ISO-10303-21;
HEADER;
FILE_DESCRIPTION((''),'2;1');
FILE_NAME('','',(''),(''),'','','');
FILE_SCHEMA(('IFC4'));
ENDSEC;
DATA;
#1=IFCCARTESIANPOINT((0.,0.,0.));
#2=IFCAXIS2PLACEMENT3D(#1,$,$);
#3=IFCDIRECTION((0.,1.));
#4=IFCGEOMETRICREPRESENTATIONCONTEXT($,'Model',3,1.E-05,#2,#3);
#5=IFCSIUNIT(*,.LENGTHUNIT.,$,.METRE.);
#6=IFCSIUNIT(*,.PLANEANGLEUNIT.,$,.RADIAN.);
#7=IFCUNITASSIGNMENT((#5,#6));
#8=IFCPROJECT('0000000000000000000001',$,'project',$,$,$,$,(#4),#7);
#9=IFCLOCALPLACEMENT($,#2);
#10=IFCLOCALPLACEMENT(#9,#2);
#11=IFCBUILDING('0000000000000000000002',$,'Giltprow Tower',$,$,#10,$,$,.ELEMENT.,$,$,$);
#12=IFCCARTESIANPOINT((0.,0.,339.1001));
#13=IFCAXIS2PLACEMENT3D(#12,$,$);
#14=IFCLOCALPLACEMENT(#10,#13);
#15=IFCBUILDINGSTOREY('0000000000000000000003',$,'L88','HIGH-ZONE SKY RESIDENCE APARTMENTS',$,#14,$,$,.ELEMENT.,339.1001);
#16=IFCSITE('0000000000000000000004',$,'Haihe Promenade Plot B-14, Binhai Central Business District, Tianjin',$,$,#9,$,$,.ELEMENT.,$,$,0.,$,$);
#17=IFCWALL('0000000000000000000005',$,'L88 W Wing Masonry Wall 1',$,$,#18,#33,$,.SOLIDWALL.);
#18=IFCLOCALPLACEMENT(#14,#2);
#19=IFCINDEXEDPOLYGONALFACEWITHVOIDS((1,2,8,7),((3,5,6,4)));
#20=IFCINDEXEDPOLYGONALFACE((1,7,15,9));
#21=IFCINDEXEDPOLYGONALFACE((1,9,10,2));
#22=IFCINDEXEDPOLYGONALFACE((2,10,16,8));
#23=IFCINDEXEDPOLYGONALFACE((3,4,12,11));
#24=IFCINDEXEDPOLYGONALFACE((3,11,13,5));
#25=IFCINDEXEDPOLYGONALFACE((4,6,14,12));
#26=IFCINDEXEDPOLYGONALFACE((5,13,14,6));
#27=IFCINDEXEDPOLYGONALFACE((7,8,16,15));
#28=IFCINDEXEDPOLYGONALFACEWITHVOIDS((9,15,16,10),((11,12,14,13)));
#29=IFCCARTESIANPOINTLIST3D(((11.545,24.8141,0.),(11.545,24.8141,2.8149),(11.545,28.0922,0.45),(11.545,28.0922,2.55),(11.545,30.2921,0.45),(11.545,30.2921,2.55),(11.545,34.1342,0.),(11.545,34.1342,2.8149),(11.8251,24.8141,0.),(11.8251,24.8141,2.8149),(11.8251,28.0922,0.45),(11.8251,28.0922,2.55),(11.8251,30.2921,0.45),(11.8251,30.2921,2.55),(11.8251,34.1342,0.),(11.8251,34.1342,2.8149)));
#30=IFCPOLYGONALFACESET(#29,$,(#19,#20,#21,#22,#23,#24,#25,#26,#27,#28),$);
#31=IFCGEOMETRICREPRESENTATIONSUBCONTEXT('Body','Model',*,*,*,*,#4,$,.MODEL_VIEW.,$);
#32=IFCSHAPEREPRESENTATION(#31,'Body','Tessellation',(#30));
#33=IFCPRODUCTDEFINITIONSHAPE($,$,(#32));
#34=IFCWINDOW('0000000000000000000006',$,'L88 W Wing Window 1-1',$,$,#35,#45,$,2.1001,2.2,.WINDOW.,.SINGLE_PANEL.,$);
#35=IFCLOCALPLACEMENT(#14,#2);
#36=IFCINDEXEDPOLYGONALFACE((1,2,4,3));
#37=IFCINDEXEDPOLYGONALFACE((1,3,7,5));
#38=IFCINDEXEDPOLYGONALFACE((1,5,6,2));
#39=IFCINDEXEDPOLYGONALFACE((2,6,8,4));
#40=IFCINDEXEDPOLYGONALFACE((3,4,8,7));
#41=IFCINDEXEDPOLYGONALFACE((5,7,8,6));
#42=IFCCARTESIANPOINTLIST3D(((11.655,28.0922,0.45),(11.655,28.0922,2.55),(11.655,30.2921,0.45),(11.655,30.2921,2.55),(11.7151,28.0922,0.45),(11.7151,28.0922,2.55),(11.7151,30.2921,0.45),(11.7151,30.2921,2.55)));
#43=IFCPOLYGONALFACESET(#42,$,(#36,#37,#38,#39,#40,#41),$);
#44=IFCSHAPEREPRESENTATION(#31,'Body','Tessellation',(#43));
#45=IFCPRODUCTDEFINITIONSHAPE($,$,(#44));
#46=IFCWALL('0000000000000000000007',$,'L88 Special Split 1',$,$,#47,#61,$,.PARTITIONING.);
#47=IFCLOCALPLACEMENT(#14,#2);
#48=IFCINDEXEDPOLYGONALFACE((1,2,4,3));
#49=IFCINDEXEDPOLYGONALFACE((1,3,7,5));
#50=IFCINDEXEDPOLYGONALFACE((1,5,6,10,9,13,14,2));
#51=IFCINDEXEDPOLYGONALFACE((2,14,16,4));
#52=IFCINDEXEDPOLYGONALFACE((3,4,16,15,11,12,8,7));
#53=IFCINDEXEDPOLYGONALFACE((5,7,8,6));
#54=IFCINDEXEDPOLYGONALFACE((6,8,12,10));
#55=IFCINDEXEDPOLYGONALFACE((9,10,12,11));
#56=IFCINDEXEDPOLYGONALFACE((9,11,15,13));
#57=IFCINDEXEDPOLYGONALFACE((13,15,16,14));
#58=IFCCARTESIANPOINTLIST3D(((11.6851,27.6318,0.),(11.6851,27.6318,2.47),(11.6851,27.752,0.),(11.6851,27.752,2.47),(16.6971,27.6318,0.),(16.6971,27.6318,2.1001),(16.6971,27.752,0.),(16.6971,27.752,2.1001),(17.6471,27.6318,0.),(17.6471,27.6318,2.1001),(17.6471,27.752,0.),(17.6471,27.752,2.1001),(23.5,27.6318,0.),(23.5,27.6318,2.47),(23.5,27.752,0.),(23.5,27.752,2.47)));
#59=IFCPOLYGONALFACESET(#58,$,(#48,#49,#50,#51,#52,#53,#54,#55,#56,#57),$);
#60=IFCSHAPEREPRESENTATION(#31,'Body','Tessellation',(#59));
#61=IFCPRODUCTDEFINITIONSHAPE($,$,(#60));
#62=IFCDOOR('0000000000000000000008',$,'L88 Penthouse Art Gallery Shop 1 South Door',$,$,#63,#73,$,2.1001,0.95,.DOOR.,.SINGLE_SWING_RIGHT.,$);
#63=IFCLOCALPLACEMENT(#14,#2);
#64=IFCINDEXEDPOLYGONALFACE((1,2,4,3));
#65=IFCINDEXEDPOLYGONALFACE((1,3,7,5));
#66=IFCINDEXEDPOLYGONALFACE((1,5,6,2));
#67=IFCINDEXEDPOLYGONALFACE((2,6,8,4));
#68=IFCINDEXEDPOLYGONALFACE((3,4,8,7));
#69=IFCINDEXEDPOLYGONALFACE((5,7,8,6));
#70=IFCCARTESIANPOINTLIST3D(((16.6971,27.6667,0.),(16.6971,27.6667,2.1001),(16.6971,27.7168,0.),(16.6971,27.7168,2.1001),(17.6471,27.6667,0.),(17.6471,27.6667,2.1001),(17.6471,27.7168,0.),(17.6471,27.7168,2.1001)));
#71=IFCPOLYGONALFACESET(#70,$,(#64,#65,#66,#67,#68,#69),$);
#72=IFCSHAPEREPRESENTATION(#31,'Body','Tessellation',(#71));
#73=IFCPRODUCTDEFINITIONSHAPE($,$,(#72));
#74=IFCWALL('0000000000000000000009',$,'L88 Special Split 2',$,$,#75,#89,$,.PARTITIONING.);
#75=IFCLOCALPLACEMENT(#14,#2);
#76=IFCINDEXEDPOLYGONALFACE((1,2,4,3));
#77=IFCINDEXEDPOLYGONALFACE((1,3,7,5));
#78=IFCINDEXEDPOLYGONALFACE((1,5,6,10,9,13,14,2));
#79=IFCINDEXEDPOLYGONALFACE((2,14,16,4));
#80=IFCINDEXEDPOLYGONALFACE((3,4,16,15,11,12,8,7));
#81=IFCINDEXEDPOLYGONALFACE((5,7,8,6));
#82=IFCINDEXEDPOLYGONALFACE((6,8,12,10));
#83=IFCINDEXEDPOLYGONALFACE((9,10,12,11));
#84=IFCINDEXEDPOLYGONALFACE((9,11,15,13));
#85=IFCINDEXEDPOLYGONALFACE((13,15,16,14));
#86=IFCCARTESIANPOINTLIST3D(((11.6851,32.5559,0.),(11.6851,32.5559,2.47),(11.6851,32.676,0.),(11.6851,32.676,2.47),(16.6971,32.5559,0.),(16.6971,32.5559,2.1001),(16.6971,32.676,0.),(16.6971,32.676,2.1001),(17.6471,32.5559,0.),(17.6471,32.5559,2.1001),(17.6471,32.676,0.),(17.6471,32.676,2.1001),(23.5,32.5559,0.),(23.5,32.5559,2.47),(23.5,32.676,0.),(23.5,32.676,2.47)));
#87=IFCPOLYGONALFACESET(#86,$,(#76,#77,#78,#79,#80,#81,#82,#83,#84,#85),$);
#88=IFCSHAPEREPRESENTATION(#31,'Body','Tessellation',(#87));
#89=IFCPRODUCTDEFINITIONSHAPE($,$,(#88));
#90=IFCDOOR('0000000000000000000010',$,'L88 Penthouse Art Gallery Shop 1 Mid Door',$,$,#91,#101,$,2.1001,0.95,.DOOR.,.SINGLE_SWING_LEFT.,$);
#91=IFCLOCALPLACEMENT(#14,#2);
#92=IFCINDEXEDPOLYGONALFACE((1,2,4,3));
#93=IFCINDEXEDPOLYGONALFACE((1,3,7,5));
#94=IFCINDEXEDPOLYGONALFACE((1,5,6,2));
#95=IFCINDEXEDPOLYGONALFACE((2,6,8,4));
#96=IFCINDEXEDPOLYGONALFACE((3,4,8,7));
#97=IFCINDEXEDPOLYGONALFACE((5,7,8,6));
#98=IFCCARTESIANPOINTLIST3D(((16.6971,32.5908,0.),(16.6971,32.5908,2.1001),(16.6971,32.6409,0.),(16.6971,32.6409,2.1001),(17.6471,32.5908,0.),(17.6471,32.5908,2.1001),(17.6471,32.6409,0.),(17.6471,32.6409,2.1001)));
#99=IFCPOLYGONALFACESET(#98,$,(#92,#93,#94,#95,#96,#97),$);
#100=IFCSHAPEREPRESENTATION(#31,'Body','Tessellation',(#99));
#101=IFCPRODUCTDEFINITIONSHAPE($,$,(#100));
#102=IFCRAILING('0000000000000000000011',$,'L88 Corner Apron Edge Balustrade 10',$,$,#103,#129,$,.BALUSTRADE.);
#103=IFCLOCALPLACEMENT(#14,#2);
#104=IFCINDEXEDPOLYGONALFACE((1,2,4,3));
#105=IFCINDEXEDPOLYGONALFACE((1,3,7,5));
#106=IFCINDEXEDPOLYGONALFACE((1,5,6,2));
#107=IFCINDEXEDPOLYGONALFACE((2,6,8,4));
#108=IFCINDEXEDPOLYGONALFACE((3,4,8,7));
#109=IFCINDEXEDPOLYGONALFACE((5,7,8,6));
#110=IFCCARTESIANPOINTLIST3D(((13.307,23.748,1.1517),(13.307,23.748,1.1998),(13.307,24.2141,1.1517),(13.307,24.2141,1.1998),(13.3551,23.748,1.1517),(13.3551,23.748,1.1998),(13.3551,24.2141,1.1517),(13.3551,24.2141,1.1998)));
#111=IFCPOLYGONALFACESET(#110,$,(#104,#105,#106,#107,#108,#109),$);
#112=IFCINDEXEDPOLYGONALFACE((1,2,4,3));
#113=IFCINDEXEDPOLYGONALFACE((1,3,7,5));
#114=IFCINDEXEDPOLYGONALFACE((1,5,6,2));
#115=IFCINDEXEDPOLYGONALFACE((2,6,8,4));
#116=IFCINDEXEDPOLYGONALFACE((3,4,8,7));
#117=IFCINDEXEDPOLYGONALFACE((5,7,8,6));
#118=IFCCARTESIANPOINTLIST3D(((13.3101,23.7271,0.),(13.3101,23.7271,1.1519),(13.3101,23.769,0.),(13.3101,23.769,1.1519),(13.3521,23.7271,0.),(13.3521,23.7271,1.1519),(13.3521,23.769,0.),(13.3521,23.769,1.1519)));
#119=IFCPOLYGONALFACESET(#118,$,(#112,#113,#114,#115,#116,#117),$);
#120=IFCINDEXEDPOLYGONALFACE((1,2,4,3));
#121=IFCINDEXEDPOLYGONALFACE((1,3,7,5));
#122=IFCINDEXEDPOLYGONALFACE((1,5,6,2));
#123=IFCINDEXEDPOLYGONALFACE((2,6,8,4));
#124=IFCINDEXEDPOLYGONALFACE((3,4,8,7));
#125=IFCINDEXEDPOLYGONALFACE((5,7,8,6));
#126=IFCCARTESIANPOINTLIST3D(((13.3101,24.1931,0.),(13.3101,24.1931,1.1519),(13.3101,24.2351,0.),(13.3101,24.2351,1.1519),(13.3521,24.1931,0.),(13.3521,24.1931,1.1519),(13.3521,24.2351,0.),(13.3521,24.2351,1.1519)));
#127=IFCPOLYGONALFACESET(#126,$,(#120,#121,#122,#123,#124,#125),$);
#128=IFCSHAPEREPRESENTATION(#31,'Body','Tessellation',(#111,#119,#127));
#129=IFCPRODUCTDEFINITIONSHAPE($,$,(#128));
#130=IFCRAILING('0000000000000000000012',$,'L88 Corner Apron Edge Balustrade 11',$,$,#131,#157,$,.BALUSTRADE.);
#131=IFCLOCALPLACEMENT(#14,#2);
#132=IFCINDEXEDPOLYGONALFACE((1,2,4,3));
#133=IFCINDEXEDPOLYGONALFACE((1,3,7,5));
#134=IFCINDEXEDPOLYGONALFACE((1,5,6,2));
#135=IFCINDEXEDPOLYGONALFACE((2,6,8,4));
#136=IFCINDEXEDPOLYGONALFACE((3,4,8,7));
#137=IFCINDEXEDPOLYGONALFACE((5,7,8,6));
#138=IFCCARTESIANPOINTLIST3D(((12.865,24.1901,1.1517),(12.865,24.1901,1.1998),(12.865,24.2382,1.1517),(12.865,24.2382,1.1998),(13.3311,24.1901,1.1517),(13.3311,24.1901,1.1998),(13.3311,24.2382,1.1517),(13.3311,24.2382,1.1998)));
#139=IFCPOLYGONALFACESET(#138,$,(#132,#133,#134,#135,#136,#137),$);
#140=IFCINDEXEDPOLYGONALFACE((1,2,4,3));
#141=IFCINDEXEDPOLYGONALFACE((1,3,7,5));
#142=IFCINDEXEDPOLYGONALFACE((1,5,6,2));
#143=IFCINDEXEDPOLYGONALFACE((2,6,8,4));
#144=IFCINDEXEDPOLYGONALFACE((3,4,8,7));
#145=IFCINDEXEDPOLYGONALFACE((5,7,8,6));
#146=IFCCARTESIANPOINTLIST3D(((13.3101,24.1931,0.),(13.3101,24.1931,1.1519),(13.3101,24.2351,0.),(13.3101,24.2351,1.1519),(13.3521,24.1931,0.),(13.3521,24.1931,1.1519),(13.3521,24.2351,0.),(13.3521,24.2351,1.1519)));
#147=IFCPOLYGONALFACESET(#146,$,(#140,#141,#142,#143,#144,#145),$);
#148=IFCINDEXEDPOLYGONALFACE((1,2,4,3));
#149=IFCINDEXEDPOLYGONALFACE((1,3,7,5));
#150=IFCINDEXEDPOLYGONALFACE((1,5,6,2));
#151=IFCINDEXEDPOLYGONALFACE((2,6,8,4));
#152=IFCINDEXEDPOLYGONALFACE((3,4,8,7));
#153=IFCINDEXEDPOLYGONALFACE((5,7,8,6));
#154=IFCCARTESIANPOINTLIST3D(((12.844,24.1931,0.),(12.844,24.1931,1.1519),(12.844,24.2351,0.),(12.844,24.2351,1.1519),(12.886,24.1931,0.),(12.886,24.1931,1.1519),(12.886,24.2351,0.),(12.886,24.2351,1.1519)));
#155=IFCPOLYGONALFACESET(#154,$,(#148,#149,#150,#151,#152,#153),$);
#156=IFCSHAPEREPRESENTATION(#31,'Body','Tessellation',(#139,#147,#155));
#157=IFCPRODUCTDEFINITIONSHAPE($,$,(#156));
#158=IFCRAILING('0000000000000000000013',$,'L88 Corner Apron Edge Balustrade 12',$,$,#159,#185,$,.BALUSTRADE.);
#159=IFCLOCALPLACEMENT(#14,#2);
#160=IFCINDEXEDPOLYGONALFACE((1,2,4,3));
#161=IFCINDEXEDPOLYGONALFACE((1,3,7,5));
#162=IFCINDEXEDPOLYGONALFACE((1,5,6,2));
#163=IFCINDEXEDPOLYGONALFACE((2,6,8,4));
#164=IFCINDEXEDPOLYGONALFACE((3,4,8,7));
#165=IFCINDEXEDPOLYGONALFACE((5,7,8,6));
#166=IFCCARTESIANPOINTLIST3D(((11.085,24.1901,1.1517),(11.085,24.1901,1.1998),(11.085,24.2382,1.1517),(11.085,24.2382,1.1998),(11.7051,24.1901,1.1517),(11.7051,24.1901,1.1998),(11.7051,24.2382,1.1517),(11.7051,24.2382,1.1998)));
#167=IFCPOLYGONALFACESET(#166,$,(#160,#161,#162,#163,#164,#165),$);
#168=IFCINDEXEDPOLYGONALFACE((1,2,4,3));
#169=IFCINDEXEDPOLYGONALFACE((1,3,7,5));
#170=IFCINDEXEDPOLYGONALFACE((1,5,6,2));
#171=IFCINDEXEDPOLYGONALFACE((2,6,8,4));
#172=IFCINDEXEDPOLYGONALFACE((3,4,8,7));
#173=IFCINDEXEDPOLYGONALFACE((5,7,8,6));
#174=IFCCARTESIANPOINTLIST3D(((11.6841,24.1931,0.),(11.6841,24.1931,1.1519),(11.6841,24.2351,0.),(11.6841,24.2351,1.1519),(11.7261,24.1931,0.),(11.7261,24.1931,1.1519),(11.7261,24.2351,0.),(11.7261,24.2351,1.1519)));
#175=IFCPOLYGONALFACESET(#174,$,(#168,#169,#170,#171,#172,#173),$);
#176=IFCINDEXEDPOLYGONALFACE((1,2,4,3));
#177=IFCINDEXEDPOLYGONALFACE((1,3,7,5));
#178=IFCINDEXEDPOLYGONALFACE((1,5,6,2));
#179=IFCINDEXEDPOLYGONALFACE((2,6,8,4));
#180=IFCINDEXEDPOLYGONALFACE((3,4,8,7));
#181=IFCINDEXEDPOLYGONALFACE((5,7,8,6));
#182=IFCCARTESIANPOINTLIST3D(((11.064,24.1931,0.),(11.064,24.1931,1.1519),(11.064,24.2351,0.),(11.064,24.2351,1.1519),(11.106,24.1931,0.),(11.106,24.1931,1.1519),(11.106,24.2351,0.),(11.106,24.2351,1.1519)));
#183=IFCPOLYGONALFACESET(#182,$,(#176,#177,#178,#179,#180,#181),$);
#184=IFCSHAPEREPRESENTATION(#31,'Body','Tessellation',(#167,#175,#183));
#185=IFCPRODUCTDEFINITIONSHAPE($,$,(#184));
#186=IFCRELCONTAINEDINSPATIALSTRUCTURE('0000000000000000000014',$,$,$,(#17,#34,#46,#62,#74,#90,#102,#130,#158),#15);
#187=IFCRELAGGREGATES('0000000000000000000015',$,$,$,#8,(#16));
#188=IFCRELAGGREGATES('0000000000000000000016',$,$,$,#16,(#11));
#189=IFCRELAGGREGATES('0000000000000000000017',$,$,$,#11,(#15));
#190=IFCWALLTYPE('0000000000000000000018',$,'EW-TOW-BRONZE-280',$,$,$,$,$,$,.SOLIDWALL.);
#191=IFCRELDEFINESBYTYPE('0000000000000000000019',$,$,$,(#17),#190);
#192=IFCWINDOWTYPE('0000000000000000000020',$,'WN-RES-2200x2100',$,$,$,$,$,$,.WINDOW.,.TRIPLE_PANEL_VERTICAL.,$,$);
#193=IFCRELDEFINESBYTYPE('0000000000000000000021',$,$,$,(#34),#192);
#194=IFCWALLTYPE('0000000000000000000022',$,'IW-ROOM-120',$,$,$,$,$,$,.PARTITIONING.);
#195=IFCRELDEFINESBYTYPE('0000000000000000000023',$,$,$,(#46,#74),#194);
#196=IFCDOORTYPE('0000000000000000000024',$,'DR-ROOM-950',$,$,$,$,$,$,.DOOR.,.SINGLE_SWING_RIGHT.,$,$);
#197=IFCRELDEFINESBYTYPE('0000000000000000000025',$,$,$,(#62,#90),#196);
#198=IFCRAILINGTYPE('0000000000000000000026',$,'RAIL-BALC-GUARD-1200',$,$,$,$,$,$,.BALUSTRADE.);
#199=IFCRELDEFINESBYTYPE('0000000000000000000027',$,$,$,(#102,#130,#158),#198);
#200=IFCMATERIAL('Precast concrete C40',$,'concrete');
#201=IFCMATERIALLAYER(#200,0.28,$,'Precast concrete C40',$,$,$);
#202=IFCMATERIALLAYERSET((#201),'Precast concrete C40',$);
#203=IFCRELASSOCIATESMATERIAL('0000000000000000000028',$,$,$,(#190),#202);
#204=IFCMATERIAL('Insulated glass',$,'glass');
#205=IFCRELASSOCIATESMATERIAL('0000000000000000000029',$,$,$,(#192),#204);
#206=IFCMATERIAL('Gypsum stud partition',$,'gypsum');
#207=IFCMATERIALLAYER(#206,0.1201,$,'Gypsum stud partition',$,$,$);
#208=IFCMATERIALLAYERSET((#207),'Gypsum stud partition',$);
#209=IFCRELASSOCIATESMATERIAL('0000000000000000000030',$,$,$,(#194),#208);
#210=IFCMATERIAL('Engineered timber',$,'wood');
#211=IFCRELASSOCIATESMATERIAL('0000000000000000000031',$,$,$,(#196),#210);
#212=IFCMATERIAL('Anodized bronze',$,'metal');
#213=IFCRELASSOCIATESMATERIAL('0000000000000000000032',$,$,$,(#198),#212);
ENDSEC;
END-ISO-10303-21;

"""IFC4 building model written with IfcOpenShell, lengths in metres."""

from ifc_helpers import new_model, si_unit, direction, frame, frame_2d, origin, origin_2d, place, context, subcontext, project, spatial, rectangle, extrude, source, transform, mapped, material, layer, layer_set, type_object, element, fill, save


model = new_model("IFC4")

# Units and contexts
model_context = context("Model", 3, precision=1e-05, world=origin(), true_north=direction((0.0, 1.0)))
body_context = subcontext(model_context, "Body", "Model", "MODEL_VIEW")
ifc_project = project(units=[si_unit("LENGTHUNIT", "METRE"), si_unit("PLANEANGLEUNIT", "RADIAN")], contexts=[model_context])

# Site, building, storey
site_placement = place(None, origin())
site = spatial("IfcSite", under=ifc_project, at=site_placement, Name="Haihe Promenade Plot B-14, Binhai Central Business District, Tianjin", CompositionType="ELEMENT", RefElevation=0.0)
building_placement = place(site_placement, origin())
building = spatial("IfcBuilding", under=site, at=building_placement, Name="Giltprow Tower", CompositionType="ELEMENT")
storey_placement = place(building_placement, frame((0.0, 0.0, 339.1001)))
storey = spatial("IfcBuildingStorey", under=building, at=storey_placement, Name="L88", Description="HIGH-ZONE SKY RESIDENCE APARTMENTS", CompositionType="ELEMENT", Elevation=339.1001)

# Wall, opening, window
ifc_material_1 = material(Name="Precast concrete C40", Category="concrete")
ifc_material_2 = material(Name="Insulated glass", Category="glass")
ifc_layer_1 = layer(ifc_material_1, 0.28, Name="Precast concrete C40")
ifc_layer_set_1 = layer_set([ifc_layer_1], Name="Precast concrete C40")
wall_type_1 = type_object("IfcWallType", Name="EW-TOW-BRONZE-280", PredefinedType="SOLIDWALL", material=ifc_layer_set_1)
wall_1_placement = place(storey_placement, frame((11.6851, 24.814, 0.0), z_axis=(0.0, 0.0, 1.0), x_axis=(0.0, 1.0, 0.0)))
wall_1 = element("IfcWall", 1, at=wall_1_placement, inside=storey, type_object=wall_type_1, Name="L88 W Wing Masonry Wall 1", PredefinedType="SOLIDWALL", context=body_context, shape_type="SweptSolid", body=[
    extrude(rectangle(XDim=9.3201, YDim=0.28, at=frame_2d((4.6602, 0.0))), origin(), (0.0, 0.0, 1.0), 2.8149),
])
opening_1_placement = place(wall_1_placement, frame((3.2781, 0.0, 0.45)))
opening_1 = element("IfcOpeningElement", 2, at=opening_1_placement, cuts=wall_1, PredefinedType="OPENING", context=body_context, shape_type="SweptSolid", body=[
    extrude(rectangle(XDim=2.2, YDim=2.1001, at=frame_2d((1.1001, 1.05))), frame((0.0, 0.1499, 0.0), z_axis=(0.0, -1.0, 0.0), x_axis=(1.0, 0.0, 0.0)), (0.0, 0.0, 1.0), 0.3),
])
window_type_1 = type_object("IfcWindowType", Name="WN-RES-2200x2100", PartitioningType="TRIPLE_PANEL_VERTICAL", PredefinedType="WINDOW", material=ifc_material_2)
shared_shape_1 = source(origin(), body_context, "Body", "SweptSolid", [
    extrude(rectangle(XDim=2.2, YDim=2.1001, at=frame_2d((1.1001, 1.05))), frame((0.0, 0.03, 0.0), z_axis=(0.0, -1.0, 0.0), x_axis=(1.0, 0.0, 0.0)), (0.0, 0.0, 1.0), 0.0601),
])
window_1_placement = place(opening_1_placement, origin())
window_1 = element("IfcWindow", 3, at=window_1_placement, inside=storey, type_object=window_type_1, Name="L88 W Wing Window 1-1", OverallHeight=2.1001, OverallWidth=2.2, PartitioningType="SINGLE_PANEL", PredefinedType="WINDOW", context=body_context, shape_type="MappedRepresentation", body=[
    mapped(shared_shape_1, transform((0.0, 0.0, 0.0), x_axis=(1.0, 0.0, 0.0), y_axis=(0.0, 1.0, 0.0), z_axis=(0.0, 0.0, 1.0), scale=1.0)),
])
fill(opening_1, window_1)

# Walls, openings, doors
ifc_material_3 = material(Name="Gypsum stud partition", Category="gypsum")
ifc_layer_2 = layer(ifc_material_3, 0.1201, Name="Gypsum stud partition")
ifc_layer_set_2 = layer_set([ifc_layer_2], Name="Gypsum stud partition")
wall_type_2 = type_object("IfcWallType", Name="IW-ROOM-120", PredefinedType="PARTITIONING", material=ifc_layer_set_2)
wall_2_placement = place(storey_placement, frame((11.6851, 27.6919, 0.0), z_axis=(0.0, 0.0, 1.0), x_axis=(1.0, 0.0, 0.0)))
wall_2 = element("IfcWall", 4, at=wall_2_placement, inside=storey, type_object=wall_type_2, Name="L88 Special Split 1", PredefinedType="PARTITIONING", context=body_context, shape_type="SweptSolid", body=[
    extrude(rectangle(XDim=11.8149, YDim=0.1201, at=frame_2d((5.9075, 0.0))), origin(), (0.0, 0.0, 1.0), 2.47),
])
opening_2_placement = place(wall_2_placement, frame((5.012, 0.0, 0.0)))
opening_2 = element("IfcOpeningElement", 5, at=opening_2_placement, cuts=wall_2, PredefinedType="OPENING", context=body_context, shape_type="SweptSolid", body=[
    extrude(rectangle(XDim=0.95, YDim=2.1001, at=frame_2d((0.4751, 1.05))), frame((0.0, 0.0701, 0.0), z_axis=(0.0, -1.0, 0.0), x_axis=(1.0, 0.0, 0.0)), (0.0, 0.0, 1.0), 0.1401),
])
ifc_material_4 = material(Name="Engineered timber", Category="wood")
door_type = type_object("IfcDoorType", Name="DR-ROOM-950", OperationType="SINGLE_SWING_RIGHT", PredefinedType="DOOR", material=ifc_material_4)
shared_shape_2 = source(origin(), body_context, "Body", "SweptSolid", [
    extrude(rectangle(XDim=0.95, YDim=2.1001, at=frame_2d((0.4751, 1.05))), frame((0.0, 0.0249, 0.0), z_axis=(0.0, -1.0, 0.0), x_axis=(1.0, 0.0, 0.0)), (0.0, 0.0, 1.0), 0.05),
])
door_1_placement = place(opening_2_placement, origin())
door_1 = element("IfcDoor", 6, at=door_1_placement, inside=storey, type_object=door_type, Name="L88 Penthouse Art Gallery Shop 1 South Door", OperationType="SINGLE_SWING_RIGHT", OverallHeight=2.1001, OverallWidth=0.95, PredefinedType="DOOR", context=body_context, shape_type="MappedRepresentation", body=[
    mapped(shared_shape_2, transform((0.0, 0.0, 0.0), x_axis=(1.0, 0.0, 0.0), y_axis=(0.0, 1.0, 0.0), z_axis=(0.0, 0.0, 1.0), scale=1.0)),
])
fill(opening_2, door_1)
wall_3_placement = place(storey_placement, frame((11.6851, 32.616, 0.0), z_axis=(0.0, 0.0, 1.0), x_axis=(1.0, 0.0, 0.0)))
wall_3 = element("IfcWall", 7, at=wall_3_placement, inside=storey, type_object=wall_type_2, Name="L88 Special Split 2", PredefinedType="PARTITIONING", context=body_context, shape_type="SweptSolid", body=[
    extrude(rectangle(XDim=11.8149, YDim=0.1201, at=frame_2d((5.9075, 0.0))), origin(), (0.0, 0.0, 1.0), 2.47),
])
opening_3_placement = place(wall_3_placement, frame((5.012, 0.0, 0.0)))
opening_3 = element("IfcOpeningElement", 8, at=opening_3_placement, cuts=wall_3, PredefinedType="OPENING", context=body_context, shape_type="SweptSolid", body=[
    extrude(rectangle(XDim=0.95, YDim=2.1001, at=frame_2d((0.4751, 1.05))), frame((0.0, 0.0701, 0.0), z_axis=(0.0, -1.0, 0.0), x_axis=(1.0, 0.0, 0.0)), (0.0, 0.0, 1.0), 0.1401),
])
door_2_placement = place(opening_3_placement, origin())
door_2 = element("IfcDoor", 9, at=door_2_placement, inside=storey, type_object=door_type, Name="L88 Penthouse Art Gallery Shop 1 Mid Door", OperationType="SINGLE_SWING_LEFT", OverallHeight=2.1001, OverallWidth=0.95, PredefinedType="DOOR", context=body_context, shape_type="MappedRepresentation", body=[
    mapped(shared_shape_2, transform((0.0, 0.0, 0.0), x_axis=(1.0, 0.0, 0.0), y_axis=(0.0, 1.0, 0.0), z_axis=(0.0, 0.0, 1.0), scale=1.0)),
])
fill(opening_3, door_2)

# Railings
ifc_material_5 = material(Name="Anodized bronze", Category="metal")
railing_type = type_object("IfcRailingType", Name="RAIL-BALC-GUARD-1200", PredefinedType="BALUSTRADE", material=ifc_material_5)
railing_1_placement = place(storey_placement, frame((13.3311, 23.748, 0.0)))
element("IfcRailing", 10, at=railing_1_placement, inside=storey, type_object=railing_type, Name="L88 Corner Apron Edge Balustrade 10", PredefinedType="BALUSTRADE", context=body_context, shape_type="SweptSolid", body=[
    extrude(rectangle(XDim=0.0481, YDim=0.0481, at=origin_2d()), frame((0.0, 0.0, 1.1758), z_axis=(0.0, 1.0, 0.0), x_axis=(-1.0, 0.0, 0.0)), (0.0, 0.0, 1.0), 0.4661),
    extrude(rectangle(XDim=0.042, YDim=0.042, at=origin_2d()), origin(), (0.0, 0.0, 1.0), 1.1519),
    extrude(rectangle(XDim=0.042, YDim=0.042, at=origin_2d()), frame((0.0, 0.4661, 0.0)), (0.0, 0.0, 1.0), 1.1519),
])
railing_2_placement = place(storey_placement, frame((13.3311, 24.2141, 0.0)))
element("IfcRailing", 11, at=railing_2_placement, inside=storey, type_object=railing_type, Name="L88 Corner Apron Edge Balustrade 11", PredefinedType="BALUSTRADE", context=body_context, shape_type="SweptSolid", body=[
    extrude(rectangle(XDim=0.0481, YDim=0.0481, at=origin_2d()), frame((0.0, 0.0, 1.1758), z_axis=(-1.0, 0.0, 0.0), x_axis=(0.0, -1.0, 0.0)), (0.0, 0.0, 1.0), 0.4661),
    extrude(rectangle(XDim=0.042, YDim=0.042, at=origin_2d()), origin(), (0.0, 0.0, 1.0), 1.1519),
    extrude(rectangle(XDim=0.042, YDim=0.042, at=origin_2d()), frame((-0.4661, 0.0, 0.0)), (0.0, 0.0, 1.0), 1.1519),
])
railing_3_placement = place(storey_placement, frame((11.7051, 24.2141, 0.0)))
element("IfcRailing", 12, at=railing_3_placement, inside=storey, type_object=railing_type, Name="L88 Corner Apron Edge Balustrade 12", PredefinedType="BALUSTRADE", context=body_context, shape_type="SweptSolid", body=[
    extrude(rectangle(XDim=0.0481, YDim=0.0481, at=origin_2d()), frame((0.0, 0.0, 1.1758), z_axis=(-1.0, 0.0, 0.0), x_axis=(0.0, -1.0, 0.0)), (0.0, 0.0, 1.0), 0.6201),
    extrude(rectangle(XDim=0.042, YDim=0.042, at=origin_2d()), origin(), (0.0, 0.0, 1.0), 1.1519),
    extrude(rectangle(XDim=0.042, YDim=0.042, at=origin_2d()), frame((-0.6201, 0.0, 0.0)), (0.0, 0.0, 1.0), 1.1519),
])

save(model, "model.ifc")
